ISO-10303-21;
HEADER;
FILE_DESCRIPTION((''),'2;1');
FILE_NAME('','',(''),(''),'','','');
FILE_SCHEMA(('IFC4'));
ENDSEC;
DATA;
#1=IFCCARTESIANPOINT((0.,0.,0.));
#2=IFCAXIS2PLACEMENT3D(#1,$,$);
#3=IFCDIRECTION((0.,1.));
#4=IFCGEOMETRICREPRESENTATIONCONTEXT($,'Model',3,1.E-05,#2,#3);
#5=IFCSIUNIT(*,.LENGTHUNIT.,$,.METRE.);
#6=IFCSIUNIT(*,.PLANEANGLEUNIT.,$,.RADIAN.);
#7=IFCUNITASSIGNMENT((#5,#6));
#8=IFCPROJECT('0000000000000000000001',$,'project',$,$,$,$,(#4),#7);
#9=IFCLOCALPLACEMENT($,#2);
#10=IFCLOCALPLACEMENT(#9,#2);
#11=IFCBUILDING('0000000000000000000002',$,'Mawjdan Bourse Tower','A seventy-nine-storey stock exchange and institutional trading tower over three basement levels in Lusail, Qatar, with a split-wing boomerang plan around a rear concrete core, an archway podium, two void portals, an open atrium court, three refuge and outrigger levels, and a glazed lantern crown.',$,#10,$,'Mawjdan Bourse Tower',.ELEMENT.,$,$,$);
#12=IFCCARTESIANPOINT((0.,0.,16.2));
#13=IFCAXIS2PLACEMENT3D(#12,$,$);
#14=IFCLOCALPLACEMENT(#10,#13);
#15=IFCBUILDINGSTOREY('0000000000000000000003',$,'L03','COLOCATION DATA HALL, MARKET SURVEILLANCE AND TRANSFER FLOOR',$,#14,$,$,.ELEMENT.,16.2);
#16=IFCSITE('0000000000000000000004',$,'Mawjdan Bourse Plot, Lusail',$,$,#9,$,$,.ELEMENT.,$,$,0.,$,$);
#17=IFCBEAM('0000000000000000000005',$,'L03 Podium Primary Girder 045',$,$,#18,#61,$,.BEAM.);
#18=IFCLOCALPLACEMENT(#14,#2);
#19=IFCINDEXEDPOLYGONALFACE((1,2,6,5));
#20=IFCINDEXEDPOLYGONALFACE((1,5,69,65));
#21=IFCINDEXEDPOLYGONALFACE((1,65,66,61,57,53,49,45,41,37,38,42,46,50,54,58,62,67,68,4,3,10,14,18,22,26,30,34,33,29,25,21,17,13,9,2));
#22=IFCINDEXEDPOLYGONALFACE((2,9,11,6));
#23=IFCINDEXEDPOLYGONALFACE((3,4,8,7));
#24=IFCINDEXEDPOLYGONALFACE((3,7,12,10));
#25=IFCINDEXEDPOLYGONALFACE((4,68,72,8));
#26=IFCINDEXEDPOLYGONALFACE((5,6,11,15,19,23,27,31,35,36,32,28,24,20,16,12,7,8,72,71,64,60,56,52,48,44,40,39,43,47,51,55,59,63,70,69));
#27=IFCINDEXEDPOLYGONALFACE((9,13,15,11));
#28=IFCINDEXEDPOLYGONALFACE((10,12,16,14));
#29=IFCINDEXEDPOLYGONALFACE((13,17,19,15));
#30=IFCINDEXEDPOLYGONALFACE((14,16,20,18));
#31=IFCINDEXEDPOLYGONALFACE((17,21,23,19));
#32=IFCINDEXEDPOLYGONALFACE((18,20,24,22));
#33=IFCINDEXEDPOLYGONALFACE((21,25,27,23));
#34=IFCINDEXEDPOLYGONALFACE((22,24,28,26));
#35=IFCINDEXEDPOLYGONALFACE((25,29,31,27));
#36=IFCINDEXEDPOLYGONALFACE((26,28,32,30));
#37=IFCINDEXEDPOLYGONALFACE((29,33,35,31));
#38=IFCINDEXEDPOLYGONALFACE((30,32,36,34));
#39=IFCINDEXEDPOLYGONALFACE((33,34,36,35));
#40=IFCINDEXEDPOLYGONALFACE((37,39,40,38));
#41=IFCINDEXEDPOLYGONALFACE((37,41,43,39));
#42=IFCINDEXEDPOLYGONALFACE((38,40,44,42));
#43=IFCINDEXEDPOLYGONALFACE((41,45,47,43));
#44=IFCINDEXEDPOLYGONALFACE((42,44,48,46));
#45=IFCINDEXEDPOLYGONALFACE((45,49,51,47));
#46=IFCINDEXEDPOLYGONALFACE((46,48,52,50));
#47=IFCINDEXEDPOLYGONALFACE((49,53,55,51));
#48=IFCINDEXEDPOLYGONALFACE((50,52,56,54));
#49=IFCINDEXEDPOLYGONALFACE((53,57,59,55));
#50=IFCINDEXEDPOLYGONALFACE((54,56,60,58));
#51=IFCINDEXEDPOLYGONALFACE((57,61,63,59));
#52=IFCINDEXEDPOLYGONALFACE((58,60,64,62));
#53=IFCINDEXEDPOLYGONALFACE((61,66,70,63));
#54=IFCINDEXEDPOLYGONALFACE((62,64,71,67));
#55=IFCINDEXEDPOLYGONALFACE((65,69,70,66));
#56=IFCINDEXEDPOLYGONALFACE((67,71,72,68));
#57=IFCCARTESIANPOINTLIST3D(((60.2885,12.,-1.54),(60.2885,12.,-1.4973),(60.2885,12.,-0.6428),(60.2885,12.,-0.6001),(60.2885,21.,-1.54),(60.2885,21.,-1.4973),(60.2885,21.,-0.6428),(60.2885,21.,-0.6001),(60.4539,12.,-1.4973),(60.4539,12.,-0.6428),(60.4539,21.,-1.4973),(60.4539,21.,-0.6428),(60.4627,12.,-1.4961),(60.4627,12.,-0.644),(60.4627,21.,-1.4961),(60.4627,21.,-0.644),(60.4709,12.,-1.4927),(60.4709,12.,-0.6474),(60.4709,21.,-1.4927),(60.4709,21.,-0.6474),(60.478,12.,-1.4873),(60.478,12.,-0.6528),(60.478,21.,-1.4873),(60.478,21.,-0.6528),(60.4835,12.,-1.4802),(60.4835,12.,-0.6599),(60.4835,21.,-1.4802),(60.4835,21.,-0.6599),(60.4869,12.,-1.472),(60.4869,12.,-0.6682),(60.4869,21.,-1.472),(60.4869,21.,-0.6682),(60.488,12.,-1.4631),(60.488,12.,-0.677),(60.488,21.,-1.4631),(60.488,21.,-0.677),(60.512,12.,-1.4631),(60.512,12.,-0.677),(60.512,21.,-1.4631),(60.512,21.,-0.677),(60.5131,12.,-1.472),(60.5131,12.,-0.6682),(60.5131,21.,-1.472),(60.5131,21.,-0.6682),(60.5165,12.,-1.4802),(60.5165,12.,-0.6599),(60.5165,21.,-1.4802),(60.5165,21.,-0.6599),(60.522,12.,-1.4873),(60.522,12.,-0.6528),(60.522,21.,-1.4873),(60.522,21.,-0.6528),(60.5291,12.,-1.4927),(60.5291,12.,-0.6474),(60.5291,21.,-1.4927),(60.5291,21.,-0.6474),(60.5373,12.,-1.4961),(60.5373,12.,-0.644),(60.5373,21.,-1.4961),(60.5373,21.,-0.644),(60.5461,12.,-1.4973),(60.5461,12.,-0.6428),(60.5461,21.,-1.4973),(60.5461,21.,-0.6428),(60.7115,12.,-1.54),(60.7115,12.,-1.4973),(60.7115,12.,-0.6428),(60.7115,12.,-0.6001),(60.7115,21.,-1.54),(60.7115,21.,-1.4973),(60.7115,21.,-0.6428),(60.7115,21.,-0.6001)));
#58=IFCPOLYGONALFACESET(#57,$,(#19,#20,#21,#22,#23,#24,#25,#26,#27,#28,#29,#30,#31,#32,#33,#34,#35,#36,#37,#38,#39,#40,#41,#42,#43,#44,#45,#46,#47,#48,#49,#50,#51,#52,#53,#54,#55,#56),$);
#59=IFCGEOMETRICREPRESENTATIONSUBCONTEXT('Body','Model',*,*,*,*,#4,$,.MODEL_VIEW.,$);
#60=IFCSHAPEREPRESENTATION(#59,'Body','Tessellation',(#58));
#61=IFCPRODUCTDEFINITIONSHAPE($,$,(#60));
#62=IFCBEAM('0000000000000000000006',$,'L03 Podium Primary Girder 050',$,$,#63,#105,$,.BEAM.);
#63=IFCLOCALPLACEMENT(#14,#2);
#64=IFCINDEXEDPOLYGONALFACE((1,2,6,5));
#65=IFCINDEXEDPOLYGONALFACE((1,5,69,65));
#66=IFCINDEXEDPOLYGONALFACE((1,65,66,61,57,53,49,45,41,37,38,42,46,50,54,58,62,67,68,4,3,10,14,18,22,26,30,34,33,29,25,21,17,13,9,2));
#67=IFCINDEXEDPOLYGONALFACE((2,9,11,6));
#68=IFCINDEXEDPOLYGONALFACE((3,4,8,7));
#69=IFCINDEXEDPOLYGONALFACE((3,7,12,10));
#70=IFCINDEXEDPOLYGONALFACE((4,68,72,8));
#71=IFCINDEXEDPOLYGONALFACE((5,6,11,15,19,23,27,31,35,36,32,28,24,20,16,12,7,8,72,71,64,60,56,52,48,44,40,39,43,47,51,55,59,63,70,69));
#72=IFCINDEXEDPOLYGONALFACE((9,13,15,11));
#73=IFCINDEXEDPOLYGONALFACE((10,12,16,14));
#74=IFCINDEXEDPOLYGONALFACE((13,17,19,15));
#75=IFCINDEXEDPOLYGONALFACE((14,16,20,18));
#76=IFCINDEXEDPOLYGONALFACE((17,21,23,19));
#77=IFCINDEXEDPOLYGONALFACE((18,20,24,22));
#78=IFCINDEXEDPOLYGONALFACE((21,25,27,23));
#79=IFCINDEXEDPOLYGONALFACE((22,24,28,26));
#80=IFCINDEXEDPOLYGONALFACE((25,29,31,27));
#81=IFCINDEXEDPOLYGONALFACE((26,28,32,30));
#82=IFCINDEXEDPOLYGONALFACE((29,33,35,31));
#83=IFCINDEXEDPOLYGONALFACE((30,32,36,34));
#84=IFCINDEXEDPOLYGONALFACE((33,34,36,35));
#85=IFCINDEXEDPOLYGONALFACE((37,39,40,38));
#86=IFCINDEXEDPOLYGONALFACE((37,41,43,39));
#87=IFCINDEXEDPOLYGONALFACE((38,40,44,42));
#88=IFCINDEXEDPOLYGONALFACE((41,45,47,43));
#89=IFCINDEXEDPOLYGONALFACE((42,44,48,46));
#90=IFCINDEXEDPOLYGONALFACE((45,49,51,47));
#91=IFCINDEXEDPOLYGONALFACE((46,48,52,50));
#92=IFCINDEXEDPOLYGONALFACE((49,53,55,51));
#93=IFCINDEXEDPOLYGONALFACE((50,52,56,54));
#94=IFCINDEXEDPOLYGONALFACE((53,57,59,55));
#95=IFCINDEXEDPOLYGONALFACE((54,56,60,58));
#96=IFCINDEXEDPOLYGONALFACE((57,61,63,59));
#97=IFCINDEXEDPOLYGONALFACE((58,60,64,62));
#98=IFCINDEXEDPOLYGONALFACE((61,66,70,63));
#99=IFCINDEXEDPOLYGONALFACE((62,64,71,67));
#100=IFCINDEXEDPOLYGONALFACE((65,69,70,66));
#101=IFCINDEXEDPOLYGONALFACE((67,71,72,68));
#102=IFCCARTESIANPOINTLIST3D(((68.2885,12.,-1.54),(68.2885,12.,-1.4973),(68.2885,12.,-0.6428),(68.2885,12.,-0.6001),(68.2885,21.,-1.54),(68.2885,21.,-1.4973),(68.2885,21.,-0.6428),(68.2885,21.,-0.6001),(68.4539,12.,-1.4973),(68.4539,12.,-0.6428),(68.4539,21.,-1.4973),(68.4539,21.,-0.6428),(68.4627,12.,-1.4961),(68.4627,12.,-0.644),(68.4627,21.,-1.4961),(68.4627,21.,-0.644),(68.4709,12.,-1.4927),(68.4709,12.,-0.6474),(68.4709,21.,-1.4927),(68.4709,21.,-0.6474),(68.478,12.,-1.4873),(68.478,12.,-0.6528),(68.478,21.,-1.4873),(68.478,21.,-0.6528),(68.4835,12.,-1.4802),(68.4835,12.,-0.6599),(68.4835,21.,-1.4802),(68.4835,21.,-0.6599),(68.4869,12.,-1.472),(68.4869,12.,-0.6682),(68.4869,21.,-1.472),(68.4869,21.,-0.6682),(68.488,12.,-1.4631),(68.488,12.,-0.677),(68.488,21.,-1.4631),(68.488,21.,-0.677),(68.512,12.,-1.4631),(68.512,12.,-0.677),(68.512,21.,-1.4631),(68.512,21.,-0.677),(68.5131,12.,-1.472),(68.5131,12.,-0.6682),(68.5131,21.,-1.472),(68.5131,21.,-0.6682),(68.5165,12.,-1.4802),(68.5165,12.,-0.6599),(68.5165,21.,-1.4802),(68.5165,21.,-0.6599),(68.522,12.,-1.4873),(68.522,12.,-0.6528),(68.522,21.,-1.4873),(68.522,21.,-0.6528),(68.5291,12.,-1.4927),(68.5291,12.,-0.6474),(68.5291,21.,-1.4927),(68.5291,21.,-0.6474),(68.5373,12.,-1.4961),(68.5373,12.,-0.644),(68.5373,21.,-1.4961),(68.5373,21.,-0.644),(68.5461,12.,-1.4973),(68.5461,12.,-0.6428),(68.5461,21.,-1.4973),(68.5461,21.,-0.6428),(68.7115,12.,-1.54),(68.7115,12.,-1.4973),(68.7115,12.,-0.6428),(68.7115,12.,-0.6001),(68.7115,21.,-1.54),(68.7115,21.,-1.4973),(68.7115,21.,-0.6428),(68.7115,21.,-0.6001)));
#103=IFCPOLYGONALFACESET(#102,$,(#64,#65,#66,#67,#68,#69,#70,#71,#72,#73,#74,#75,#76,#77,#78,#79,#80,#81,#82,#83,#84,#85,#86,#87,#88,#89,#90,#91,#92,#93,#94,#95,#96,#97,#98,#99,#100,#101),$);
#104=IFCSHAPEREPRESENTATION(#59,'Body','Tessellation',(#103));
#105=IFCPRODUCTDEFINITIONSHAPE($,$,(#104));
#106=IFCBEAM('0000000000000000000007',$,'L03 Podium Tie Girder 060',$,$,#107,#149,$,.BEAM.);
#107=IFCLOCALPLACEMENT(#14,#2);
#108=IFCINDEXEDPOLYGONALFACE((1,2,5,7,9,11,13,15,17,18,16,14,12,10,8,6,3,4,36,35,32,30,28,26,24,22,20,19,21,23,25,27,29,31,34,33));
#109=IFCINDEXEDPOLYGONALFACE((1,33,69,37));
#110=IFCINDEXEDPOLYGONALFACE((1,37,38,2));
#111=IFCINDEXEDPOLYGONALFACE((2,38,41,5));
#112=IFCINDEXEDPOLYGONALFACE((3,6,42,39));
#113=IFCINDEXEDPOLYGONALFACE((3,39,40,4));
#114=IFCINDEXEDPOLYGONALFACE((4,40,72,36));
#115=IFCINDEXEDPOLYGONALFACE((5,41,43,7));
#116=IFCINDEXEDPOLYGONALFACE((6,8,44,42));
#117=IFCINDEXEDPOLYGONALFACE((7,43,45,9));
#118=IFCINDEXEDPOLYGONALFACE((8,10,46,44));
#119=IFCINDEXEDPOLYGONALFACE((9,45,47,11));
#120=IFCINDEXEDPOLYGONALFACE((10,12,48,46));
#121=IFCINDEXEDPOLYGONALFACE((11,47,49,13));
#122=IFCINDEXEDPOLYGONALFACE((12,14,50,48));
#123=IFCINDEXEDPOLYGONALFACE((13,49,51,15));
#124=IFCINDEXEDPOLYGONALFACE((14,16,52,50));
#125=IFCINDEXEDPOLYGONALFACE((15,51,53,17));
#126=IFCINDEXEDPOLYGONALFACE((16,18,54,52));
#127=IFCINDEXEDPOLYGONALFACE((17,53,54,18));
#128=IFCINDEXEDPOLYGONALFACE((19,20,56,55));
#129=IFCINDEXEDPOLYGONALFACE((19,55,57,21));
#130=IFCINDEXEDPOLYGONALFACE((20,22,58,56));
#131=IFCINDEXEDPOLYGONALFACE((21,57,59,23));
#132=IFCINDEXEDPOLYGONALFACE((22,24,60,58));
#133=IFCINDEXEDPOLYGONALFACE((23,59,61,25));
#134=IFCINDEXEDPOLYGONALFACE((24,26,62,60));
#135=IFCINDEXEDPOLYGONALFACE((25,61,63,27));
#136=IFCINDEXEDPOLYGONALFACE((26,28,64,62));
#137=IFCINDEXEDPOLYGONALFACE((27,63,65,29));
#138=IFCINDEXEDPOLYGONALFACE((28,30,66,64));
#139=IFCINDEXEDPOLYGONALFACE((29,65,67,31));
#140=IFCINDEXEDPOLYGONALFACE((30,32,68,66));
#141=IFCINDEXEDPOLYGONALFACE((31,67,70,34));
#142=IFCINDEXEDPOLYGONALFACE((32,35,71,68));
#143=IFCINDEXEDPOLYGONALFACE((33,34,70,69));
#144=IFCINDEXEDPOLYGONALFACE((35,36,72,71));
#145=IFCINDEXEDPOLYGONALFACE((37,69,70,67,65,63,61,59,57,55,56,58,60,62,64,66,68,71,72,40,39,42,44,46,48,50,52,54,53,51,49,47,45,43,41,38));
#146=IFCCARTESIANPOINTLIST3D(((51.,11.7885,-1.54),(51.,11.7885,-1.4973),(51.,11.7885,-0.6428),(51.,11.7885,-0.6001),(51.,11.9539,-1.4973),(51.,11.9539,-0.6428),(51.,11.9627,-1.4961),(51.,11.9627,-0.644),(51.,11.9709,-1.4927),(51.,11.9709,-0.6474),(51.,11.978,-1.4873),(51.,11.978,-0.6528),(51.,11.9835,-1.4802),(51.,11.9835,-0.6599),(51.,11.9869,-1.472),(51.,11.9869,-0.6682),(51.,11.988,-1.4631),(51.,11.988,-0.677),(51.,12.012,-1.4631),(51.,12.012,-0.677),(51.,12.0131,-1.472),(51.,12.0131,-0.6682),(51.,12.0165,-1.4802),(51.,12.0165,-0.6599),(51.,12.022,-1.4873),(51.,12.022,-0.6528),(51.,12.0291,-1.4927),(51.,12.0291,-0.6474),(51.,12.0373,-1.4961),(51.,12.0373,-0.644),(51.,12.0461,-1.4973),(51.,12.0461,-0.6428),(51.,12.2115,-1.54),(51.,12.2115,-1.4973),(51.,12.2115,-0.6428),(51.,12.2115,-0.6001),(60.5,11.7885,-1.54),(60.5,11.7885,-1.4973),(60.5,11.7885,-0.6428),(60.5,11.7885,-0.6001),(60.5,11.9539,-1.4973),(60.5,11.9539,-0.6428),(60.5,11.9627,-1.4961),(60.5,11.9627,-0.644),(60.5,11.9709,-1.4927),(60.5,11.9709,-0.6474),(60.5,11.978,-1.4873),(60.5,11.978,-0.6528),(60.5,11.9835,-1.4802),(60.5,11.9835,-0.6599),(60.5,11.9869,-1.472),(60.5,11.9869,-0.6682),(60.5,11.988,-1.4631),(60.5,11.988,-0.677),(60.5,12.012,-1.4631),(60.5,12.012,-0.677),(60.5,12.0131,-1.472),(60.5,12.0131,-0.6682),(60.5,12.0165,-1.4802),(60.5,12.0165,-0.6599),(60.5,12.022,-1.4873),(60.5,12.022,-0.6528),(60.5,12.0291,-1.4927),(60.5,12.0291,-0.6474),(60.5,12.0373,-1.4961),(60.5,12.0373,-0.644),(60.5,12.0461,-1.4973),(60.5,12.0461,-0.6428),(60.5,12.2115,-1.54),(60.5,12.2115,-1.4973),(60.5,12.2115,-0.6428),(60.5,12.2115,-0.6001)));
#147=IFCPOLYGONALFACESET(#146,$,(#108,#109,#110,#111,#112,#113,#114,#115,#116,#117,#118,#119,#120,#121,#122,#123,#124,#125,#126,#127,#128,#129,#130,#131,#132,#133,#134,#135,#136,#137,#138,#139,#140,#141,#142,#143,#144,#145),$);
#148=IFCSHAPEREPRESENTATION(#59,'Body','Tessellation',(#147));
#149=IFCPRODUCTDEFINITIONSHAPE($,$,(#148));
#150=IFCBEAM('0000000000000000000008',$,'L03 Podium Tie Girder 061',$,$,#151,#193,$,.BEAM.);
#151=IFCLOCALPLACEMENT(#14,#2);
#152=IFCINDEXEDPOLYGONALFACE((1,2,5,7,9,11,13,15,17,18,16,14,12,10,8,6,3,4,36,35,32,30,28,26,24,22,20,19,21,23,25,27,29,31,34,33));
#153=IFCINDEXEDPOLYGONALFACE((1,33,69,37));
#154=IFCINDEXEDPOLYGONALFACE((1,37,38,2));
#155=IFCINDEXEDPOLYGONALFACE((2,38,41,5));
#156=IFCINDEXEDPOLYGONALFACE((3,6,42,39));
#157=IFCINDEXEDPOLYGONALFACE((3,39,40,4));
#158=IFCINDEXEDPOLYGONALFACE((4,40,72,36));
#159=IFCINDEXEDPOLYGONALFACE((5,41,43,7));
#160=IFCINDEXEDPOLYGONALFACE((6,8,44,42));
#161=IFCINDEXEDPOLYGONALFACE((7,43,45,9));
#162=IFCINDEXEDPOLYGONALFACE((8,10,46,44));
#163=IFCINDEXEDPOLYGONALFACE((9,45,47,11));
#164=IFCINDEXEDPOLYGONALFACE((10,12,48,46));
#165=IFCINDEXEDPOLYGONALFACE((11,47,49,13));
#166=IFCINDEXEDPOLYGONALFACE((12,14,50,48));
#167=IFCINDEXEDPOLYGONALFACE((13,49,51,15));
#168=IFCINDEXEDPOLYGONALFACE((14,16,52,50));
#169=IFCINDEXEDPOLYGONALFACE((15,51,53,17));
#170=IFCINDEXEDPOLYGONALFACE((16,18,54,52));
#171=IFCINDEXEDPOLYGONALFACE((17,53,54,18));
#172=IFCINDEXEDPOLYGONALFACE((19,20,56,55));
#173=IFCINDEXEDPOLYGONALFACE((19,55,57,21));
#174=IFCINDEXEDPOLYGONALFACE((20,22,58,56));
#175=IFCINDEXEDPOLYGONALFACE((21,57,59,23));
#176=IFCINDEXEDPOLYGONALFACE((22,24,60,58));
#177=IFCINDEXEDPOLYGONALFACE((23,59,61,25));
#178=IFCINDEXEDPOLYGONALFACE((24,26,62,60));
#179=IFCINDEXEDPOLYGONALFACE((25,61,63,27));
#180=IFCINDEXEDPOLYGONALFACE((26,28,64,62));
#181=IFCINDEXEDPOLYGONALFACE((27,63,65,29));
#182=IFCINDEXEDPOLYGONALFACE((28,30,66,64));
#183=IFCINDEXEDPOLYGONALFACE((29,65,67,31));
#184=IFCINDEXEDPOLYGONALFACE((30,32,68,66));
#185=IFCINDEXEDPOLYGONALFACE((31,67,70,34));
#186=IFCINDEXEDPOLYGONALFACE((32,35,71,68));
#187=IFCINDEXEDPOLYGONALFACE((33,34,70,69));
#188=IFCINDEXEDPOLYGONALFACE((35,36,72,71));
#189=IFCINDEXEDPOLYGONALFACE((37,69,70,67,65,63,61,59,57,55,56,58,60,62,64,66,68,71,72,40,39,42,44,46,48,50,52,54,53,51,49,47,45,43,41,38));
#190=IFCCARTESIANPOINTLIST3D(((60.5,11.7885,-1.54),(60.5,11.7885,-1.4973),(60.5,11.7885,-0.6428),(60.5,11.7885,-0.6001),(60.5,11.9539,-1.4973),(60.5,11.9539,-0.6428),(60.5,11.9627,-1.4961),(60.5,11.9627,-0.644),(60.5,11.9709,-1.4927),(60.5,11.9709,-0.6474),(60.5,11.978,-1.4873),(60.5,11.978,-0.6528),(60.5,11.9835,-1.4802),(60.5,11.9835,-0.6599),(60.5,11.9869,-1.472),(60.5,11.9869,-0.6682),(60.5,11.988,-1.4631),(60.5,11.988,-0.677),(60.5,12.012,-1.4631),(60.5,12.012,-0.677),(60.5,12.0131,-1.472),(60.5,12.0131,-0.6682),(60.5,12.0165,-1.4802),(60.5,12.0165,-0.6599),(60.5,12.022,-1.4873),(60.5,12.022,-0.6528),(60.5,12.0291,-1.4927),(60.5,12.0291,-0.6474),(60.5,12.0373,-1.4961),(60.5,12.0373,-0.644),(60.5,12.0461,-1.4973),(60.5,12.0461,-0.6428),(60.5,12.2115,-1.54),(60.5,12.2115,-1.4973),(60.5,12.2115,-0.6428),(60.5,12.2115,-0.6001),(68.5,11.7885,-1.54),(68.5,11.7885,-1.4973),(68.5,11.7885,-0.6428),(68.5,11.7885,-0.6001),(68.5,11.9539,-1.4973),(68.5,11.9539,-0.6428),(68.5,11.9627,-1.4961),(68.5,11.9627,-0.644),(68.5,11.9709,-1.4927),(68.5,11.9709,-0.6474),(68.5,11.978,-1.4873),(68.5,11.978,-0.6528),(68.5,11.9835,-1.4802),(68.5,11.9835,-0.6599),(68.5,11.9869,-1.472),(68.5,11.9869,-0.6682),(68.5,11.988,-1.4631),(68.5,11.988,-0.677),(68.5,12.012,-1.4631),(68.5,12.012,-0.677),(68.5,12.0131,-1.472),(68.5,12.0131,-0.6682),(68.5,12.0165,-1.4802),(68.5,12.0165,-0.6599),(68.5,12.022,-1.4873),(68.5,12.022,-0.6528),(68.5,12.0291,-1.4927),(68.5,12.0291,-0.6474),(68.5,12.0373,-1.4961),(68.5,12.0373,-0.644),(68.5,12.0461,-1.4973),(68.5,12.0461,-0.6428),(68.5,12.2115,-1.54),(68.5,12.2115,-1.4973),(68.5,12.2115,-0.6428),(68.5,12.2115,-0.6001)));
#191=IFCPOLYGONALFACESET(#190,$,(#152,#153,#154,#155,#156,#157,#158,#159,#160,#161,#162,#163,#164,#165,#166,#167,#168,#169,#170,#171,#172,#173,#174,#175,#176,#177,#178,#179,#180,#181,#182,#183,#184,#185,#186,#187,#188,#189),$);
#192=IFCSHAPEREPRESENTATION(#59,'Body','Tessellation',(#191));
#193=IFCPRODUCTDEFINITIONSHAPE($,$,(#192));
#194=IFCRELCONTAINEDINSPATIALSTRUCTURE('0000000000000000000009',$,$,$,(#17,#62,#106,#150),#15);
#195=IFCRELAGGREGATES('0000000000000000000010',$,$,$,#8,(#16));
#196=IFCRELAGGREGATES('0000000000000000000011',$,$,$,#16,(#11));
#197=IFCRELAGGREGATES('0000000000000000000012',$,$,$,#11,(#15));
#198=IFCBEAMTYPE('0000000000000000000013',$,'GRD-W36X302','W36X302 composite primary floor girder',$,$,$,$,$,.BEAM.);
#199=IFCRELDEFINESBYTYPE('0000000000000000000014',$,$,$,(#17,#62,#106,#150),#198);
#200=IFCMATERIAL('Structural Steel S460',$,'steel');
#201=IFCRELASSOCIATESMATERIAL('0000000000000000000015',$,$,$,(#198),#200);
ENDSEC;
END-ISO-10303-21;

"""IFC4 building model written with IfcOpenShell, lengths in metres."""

from ifc_helpers import new_model, si_unit, direction, frame, origin, origin_2d, place, context, subcontext, project, spatial, i_section, extrude, material, material_profile, profile_set, type_object, element, save


model = new_model("IFC4")

# Units and contexts
model_context = context("Model", 3, precision=1e-05, world=origin(), true_north=direction((0.0, 1.0)))
body_context = subcontext(model_context, "Body", "Model", "MODEL_VIEW")
ifc_project = project(units=[si_unit("LENGTHUNIT", "METRE"), si_unit("PLANEANGLEUNIT", "RADIAN")], contexts=[model_context])

# Site, building, storey
site_placement = place(None, origin())
site = spatial("IfcSite", under=ifc_project, at=site_placement, Name="Mawjdan Bourse Plot, Lusail", CompositionType="ELEMENT", RefElevation=0.0)
building_placement = place(site_placement, origin())
building = spatial("IfcBuilding", under=site, at=building_placement, Name="Mawjdan Bourse Tower", Description="A seventy-nine-storey stock exchange and institutional trading tower over three basement levels in Lusail, Qatar, with a split-wing boomerang plan around a rear concrete core, an archway podium, two void portals, an open atrium court, three refuge and outrigger levels, and a glazed lantern crown.", LongName="Mawjdan Bourse Tower", CompositionType="ELEMENT")
storey_placement = place(building_placement, frame((0.0, 0.0, 16.2)))
storey = spatial("IfcBuildingStorey", under=building, at=storey_placement, Name="L03", Description="COLOCATION DATA HALL, MARKET SURVEILLANCE AND TRANSFER FLOOR", CompositionType="ELEMENT", Elevation=16.2)

# Beams
ifc_material_1 = material(Name="Structural Steel S460", Category="steel")
ifc_material_profile_1 = material_profile(ifc_material_1, i_section(OverallWidth=0.4231, OverallDepth=0.9399, WebThickness=0.0239, FlangeThickness=0.0427, FilletRadius=0.0342, at=origin_2d()), Name="W36X302")
ifc_profile_set_1 = profile_set([ifc_material_profile_1], Name="Structural Steel S460")
beam_type_1 = type_object("IfcBeamType", Name="GRD-W36X302", Description="W36X302 composite primary floor girder", PredefinedType="BEAM", material=ifc_profile_set_1)
for number, where, z_axis, x_axis, name in (
    (1, (60.5, 12.0, -1.0701), (0.0, 1.0, 0.0), (-1.0, 0.0, 0.0), "L03 Podium Primary Girder 045"),
    (2, (68.5, 12.0, -1.0701), (0.0, 1.0, 0.0), (-1.0, 0.0, 0.0), "L03 Podium Primary Girder 050"),
):
    element("IfcBeam", number, at=place(storey_placement, frame(where, z_axis=z_axis, x_axis=x_axis)), inside=storey, type_object=beam_type_1, Name=name, PredefinedType="BEAM", context=body_context, shape_type="SweptSolid", body=[
        extrude(i_section(OverallWidth=0.4231, OverallDepth=0.9399, WebThickness=0.0239, FlangeThickness=0.0427, FilletRadius=0.0342, at=origin_2d()), origin(), (0.0, 0.0, 1.0), 9.0),
    ])
beam_1_placement = place(storey_placement, frame((51.0, 12.0, -1.0701), z_axis=(1.0, 0.0, 0.0), x_axis=(0.0, 1.0, 0.0)))
element("IfcBeam", 3, at=beam_1_placement, inside=storey, type_object=beam_type_1, Name="L03 Podium Tie Girder 060", PredefinedType="BEAM", context=body_context, shape_type="SweptSolid", body=[
    extrude(i_section(OverallWidth=0.4231, OverallDepth=0.9399, WebThickness=0.0239, FlangeThickness=0.0427, FilletRadius=0.0342, at=origin_2d()), origin(), (0.0, 0.0, 1.0), 9.5),
])
beam_2_placement = place(storey_placement, frame((60.5, 12.0, -1.0701), z_axis=(1.0, 0.0, 0.0), x_axis=(0.0, 1.0, 0.0)))
element("IfcBeam", 4, at=beam_2_placement, inside=storey, type_object=beam_type_1, Name="L03 Podium Tie Girder 061", PredefinedType="BEAM", context=body_context, shape_type="SweptSolid", body=[
    extrude(i_section(OverallWidth=0.4231, OverallDepth=0.9399, WebThickness=0.0239, FlangeThickness=0.0427, FilletRadius=0.0342, at=origin_2d()), origin(), (0.0, 0.0, 1.0), 8.0),
])

save(model, "model.ifc")
